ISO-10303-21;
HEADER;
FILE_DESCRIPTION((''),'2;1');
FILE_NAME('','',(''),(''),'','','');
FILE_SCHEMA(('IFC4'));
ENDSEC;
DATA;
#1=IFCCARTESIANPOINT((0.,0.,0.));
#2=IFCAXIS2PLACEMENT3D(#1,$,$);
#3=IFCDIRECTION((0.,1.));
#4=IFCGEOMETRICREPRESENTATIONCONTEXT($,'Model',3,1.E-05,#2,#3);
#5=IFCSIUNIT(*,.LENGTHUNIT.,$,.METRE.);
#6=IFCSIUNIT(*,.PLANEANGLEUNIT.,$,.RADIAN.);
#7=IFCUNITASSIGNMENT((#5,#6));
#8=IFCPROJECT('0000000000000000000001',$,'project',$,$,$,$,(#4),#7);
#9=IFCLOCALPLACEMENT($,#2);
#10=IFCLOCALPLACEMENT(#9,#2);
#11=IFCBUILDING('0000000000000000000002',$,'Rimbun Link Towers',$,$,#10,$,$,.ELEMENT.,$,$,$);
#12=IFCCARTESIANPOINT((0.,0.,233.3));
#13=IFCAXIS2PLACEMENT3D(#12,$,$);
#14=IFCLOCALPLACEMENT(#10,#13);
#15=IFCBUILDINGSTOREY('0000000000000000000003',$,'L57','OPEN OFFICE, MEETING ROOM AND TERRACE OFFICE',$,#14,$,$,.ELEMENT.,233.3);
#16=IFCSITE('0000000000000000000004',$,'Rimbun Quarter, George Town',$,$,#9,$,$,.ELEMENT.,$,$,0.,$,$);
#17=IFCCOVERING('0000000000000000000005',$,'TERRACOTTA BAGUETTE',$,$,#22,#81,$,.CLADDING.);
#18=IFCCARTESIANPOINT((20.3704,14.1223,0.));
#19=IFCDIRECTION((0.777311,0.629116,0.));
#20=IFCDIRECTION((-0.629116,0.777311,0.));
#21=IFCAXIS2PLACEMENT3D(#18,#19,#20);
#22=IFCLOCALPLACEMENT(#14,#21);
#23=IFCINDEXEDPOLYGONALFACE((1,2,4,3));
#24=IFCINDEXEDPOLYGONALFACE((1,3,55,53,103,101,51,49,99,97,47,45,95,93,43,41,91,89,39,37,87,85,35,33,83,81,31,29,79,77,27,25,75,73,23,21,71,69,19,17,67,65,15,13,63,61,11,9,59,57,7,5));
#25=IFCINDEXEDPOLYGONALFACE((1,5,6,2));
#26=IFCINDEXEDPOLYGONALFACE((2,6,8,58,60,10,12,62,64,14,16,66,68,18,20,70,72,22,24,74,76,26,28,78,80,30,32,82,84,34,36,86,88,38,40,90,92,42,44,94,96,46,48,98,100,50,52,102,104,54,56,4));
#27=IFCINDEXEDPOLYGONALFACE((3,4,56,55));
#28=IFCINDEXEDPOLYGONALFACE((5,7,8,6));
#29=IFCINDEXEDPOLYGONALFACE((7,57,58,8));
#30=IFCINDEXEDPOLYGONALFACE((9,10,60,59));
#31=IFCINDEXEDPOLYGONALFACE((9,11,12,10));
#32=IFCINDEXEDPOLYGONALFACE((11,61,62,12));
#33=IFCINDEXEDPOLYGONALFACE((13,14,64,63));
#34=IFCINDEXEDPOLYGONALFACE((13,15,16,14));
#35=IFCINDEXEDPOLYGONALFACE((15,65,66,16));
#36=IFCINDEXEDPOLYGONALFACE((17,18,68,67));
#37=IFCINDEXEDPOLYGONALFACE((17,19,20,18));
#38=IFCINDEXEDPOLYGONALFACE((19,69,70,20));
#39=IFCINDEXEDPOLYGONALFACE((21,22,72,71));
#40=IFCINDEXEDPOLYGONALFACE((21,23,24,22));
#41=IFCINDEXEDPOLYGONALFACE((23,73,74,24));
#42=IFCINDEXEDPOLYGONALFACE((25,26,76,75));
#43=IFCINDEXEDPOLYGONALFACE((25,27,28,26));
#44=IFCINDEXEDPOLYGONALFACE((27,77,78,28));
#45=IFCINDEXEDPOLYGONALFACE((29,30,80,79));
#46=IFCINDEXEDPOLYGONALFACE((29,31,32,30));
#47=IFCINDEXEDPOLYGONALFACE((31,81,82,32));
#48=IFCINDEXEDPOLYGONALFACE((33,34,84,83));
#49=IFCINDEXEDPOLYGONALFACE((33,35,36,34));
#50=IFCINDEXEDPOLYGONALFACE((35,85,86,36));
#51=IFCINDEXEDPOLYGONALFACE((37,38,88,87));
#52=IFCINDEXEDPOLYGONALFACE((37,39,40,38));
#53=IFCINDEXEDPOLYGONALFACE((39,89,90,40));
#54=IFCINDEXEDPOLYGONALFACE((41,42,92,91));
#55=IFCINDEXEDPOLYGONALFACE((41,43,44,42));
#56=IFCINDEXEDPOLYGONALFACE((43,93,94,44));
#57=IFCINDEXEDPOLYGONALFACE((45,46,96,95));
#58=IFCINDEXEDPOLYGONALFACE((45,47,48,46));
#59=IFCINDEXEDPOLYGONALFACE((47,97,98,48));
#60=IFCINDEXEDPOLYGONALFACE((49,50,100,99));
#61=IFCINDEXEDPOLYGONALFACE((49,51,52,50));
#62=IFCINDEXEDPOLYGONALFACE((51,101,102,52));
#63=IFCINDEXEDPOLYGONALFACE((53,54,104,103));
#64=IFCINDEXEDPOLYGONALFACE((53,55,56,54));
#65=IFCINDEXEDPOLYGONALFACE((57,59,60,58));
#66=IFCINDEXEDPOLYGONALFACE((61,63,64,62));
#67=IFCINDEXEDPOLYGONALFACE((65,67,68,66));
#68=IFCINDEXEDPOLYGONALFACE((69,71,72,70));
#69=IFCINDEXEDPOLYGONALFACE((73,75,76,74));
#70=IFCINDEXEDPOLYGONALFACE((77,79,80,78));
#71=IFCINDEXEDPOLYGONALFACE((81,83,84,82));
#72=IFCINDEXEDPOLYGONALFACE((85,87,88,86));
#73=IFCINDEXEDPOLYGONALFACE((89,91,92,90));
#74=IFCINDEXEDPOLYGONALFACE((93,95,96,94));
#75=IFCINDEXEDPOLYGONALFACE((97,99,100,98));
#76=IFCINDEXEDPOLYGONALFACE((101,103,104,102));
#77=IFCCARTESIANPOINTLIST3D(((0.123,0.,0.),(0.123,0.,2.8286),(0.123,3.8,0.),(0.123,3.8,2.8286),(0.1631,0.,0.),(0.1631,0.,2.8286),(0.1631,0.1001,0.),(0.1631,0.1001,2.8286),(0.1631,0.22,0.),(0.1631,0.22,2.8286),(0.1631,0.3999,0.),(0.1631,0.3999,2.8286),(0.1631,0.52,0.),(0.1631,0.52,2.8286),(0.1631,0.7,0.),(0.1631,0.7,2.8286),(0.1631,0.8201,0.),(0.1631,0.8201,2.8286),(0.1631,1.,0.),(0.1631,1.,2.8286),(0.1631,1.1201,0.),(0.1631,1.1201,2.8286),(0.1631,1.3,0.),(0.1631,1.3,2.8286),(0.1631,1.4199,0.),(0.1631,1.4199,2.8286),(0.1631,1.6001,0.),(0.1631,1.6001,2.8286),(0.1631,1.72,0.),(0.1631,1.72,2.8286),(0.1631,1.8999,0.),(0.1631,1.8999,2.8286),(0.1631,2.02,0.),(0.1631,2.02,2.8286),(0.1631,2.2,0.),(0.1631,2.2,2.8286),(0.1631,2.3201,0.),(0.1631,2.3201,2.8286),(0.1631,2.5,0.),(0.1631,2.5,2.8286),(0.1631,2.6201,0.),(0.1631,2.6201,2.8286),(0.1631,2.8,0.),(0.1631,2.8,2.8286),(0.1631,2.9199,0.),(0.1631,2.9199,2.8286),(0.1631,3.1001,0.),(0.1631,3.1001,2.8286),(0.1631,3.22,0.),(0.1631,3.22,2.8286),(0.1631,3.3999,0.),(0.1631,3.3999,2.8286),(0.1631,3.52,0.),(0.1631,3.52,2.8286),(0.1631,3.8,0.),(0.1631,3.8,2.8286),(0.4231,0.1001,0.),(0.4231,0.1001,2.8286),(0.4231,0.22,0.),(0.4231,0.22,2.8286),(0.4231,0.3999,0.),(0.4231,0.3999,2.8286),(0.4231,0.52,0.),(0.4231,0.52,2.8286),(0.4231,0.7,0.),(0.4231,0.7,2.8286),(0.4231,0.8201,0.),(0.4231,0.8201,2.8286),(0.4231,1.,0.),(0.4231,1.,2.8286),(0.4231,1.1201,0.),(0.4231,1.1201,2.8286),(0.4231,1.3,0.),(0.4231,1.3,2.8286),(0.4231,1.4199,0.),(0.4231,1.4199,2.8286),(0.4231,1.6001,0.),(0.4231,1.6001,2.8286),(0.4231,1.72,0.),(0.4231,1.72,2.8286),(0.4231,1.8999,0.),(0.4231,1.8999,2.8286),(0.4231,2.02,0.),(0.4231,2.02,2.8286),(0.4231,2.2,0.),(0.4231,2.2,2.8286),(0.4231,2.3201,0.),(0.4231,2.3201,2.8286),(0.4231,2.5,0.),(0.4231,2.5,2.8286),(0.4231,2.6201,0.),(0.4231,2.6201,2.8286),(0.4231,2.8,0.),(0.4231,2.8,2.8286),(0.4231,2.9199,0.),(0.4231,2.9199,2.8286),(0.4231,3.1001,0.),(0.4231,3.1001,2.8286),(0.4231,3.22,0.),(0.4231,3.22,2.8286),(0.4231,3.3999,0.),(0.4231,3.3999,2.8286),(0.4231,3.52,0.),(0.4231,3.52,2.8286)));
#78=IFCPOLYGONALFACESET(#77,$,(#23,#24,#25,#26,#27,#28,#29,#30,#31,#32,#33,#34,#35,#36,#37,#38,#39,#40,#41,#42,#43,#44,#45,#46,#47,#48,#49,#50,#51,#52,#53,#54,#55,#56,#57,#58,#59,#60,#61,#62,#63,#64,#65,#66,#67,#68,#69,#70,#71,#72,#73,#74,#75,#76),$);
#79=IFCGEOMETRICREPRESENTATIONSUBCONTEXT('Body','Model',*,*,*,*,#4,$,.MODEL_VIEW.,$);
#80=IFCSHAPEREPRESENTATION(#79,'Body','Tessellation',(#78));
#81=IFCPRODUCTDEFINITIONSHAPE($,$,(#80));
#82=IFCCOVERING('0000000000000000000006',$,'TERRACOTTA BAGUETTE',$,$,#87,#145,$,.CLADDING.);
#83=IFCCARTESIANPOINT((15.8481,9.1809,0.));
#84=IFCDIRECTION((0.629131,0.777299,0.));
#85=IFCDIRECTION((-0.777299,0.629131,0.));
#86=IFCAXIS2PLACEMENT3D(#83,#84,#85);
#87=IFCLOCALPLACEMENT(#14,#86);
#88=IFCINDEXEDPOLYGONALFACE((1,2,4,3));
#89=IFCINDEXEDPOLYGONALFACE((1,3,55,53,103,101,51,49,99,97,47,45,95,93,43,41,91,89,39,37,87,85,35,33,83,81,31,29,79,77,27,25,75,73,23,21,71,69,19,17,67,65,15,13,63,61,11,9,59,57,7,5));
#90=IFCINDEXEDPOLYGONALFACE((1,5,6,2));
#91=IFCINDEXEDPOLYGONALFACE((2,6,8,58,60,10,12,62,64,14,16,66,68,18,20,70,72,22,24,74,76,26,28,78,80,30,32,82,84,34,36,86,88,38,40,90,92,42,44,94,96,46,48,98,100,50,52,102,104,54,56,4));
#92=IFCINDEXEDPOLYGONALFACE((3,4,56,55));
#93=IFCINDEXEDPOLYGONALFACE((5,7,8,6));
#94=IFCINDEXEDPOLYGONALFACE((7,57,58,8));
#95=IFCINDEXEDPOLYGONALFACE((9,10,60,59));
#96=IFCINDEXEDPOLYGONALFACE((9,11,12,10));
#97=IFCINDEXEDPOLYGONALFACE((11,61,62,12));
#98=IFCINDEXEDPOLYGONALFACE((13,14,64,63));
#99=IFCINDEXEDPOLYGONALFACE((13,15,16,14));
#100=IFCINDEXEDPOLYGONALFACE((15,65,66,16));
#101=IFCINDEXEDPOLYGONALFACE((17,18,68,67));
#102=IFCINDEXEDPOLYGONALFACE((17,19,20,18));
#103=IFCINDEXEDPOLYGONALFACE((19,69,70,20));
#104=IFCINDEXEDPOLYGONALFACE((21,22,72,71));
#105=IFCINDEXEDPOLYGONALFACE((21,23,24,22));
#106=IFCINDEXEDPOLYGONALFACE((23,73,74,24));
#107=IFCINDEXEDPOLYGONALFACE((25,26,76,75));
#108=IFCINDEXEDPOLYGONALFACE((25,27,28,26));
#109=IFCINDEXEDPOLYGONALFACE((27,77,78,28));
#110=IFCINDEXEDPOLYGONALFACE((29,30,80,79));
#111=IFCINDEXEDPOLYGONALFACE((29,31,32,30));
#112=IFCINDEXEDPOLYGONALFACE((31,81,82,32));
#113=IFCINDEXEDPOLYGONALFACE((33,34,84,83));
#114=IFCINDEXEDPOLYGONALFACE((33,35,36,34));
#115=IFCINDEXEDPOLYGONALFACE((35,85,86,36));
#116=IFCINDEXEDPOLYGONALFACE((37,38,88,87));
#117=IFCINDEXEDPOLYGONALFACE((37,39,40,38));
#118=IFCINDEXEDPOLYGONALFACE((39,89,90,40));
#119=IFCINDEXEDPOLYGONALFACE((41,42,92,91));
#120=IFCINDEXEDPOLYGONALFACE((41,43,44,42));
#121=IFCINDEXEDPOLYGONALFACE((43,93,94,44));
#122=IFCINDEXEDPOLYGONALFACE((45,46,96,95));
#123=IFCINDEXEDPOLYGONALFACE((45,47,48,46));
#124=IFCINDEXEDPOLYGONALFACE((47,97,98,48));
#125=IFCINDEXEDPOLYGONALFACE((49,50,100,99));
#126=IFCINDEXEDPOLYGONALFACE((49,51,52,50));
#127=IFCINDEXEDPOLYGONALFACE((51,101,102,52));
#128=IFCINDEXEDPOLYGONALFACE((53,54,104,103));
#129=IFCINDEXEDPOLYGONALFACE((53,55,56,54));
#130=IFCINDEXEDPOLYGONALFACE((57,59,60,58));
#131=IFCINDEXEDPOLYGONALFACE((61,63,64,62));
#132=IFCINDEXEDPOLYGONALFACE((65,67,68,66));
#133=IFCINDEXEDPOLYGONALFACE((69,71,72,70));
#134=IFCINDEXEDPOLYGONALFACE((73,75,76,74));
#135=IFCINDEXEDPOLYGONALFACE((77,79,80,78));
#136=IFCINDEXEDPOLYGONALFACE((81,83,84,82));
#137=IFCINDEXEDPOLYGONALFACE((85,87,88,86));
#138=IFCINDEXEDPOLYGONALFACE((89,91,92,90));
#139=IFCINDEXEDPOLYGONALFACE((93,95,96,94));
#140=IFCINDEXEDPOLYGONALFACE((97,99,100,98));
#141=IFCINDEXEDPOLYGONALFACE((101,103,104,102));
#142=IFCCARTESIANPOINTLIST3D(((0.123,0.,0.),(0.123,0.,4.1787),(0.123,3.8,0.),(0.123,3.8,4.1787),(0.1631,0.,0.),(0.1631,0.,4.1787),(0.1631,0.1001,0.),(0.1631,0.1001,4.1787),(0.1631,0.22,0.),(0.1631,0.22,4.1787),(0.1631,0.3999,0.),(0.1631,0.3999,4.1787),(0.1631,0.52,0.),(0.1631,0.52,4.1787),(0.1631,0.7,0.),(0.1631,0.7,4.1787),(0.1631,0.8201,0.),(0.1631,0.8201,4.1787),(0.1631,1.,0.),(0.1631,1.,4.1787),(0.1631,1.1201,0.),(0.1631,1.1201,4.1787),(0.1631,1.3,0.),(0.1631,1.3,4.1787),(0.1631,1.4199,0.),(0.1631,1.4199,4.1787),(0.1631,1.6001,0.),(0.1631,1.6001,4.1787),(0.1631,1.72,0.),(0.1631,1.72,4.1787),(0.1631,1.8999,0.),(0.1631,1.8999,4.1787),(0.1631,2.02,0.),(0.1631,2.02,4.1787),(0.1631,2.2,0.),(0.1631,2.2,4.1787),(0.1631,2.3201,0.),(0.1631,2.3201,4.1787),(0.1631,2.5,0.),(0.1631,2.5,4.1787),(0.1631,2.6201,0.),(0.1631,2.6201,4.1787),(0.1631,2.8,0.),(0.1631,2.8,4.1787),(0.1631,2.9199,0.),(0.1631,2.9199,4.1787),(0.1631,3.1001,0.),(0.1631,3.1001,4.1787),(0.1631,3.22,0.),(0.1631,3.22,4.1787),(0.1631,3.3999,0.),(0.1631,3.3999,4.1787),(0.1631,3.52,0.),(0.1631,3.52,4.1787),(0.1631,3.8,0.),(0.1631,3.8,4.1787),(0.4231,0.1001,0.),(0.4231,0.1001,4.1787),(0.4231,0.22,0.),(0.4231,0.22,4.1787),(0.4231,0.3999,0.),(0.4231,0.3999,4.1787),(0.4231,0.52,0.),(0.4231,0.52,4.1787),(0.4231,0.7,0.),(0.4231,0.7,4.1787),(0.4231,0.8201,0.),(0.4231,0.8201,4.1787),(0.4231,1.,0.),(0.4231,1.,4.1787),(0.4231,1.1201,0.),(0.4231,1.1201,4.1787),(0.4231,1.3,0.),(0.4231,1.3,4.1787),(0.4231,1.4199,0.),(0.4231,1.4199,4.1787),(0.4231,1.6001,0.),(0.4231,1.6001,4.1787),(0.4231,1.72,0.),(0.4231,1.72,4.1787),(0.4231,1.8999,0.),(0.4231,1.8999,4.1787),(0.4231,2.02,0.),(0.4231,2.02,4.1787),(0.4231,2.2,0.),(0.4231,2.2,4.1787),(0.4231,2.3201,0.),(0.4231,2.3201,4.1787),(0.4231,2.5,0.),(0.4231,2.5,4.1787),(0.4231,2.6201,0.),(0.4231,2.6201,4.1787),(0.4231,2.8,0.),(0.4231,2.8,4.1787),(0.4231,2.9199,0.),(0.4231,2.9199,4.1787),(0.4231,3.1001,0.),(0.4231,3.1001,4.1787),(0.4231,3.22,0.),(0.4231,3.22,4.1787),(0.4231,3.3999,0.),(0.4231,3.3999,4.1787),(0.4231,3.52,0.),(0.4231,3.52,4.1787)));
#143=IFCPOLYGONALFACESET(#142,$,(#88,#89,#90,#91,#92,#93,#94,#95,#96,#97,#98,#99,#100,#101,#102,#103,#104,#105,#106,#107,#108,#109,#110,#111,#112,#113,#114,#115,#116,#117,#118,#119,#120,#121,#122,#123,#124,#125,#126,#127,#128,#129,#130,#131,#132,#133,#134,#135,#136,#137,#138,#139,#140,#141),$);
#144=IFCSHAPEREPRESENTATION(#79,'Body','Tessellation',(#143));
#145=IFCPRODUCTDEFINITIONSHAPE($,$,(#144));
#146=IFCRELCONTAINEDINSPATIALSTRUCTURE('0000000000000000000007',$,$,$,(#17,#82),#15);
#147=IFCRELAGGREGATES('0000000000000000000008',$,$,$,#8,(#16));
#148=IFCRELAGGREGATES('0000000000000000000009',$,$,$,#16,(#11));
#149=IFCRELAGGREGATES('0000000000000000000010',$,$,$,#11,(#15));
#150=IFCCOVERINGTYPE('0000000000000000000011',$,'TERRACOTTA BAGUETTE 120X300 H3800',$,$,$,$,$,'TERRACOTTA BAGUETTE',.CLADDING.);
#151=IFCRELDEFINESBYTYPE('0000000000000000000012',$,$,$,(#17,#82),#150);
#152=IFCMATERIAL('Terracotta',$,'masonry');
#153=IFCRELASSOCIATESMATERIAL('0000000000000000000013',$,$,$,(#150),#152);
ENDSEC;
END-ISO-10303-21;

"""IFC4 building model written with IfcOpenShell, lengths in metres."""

from ifc_helpers import new_model, si_unit, direction, frame, origin, place, context, subcontext, project, spatial, polyline, outline, extrude, material, material_profile, profile_set, type_object, element, save


model = new_model("IFC4")

# Units and contexts
model_context = context("Model", 3, precision=1e-05, world=origin(), true_north=direction((0.0, 1.0)))
body_context = subcontext(model_context, "Body", "Model", "MODEL_VIEW")
ifc_project = project(units=[si_unit("LENGTHUNIT", "METRE"), si_unit("PLANEANGLEUNIT", "RADIAN")], contexts=[model_context])

# Site, building, storey
site_placement = place(None, origin())
site = spatial("IfcSite", under=ifc_project, at=site_placement, Name="Rimbun Quarter, George Town", CompositionType="ELEMENT", RefElevation=0.0)
building_placement = place(site_placement, origin())
building = spatial("IfcBuilding", under=site, at=building_placement, Name="Rimbun Link Towers", CompositionType="ELEMENT")
storey_placement = place(building_placement, frame((0.0, 0.0, 233.3)))
storey = spatial("IfcBuildingStorey", under=building, at=storey_placement, Name="L57", Description="OPEN OFFICE, MEETING ROOM AND TERRACE OFFICE", CompositionType="ELEMENT", Elevation=233.3)

# Coverings
ifc_material_1 = material(Name="Terracotta", Category="masonry")
ifc_material_profile_1 = material_profile(ifc_material_1, outline(polyline([(0.123, 0.0), (0.1631, 0.0), (0.1631, 0.1001), (0.4231, 0.1001), (0.4231, 0.22), (0.1631, 0.22), (0.1631, 0.3999), (0.4231, 0.3999), (0.4231, 0.52), (0.1631, 0.52), (0.1631, 0.7), (0.4231, 0.7), (0.4231, 0.8201), (0.1631, 0.8201), (0.1631, 1.0), (0.4231, 1.0), (0.4231, 1.1201), (0.1631, 1.1201), (0.1631, 1.3), (0.4231, 1.3), (0.4231, 1.4199), (0.1631, 1.4199), (0.1631, 1.6001), (0.4231, 1.6001), (0.4231, 1.72), (0.1631, 1.72), (0.1631, 1.8999), (0.4231, 1.8999), (0.4231, 2.02), (0.1631, 2.02), (0.1631, 2.2), (0.4231, 2.2), (0.4231, 2.3201), (0.1631, 2.3201), (0.1631, 2.5), (0.4231, 2.5), (0.4231, 2.6201), (0.1631, 2.6201), (0.1631, 2.8), (0.4231, 2.8), (0.4231, 2.9199), (0.1631, 2.9199), (0.1631, 3.1001), (0.4231, 3.1001), (0.4231, 3.22), (0.1631, 3.22), (0.1631, 3.3999), (0.4231, 3.3999), (0.4231, 3.52), (0.1631, 3.52), (0.1631, 3.8), (0.123, 3.8), (0.123, 0.0)])), Name="BAGUETTE 120X300")
ifc_profile_set_1 = profile_set([ifc_material_profile_1], Name="Terracotta")
covering_type = type_object("IfcCoveringType", Name="TERRACOTTA BAGUETTE 120X300 H3800", ElementType="TERRACOTTA BAGUETTE", PredefinedType="CLADDING", material=ifc_profile_set_1)
covering_1_placement = place(storey_placement, frame((20.3704, 14.1223, 0.0), z_axis=(0.777311, 0.629116, 0.0), x_axis=(-0.629116, 0.777311, 0.0)))
element("IfcCovering", 1, at=covering_1_placement, inside=storey, type_object=covering_type, Name="TERRACOTTA BAGUETTE", PredefinedType="CLADDING", context=body_context, shape_type="SweptSolid", body=[
    extrude(outline(polyline([(0.123, 0.0), (0.1631, 0.0), (0.1631, 0.1001), (0.4231, 0.1001), (0.4231, 0.22), (0.1631, 0.22), (0.1631, 0.3999), (0.4231, 0.3999), (0.4231, 0.52), (0.1631, 0.52), (0.1631, 0.7), (0.4231, 0.7), (0.4231, 0.8201), (0.1631, 0.8201), (0.1631, 1.0), (0.4231, 1.0), (0.4231, 1.1201), (0.1631, 1.1201), (0.1631, 1.3), (0.4231, 1.3), (0.4231, 1.4199), (0.1631, 1.4199), (0.1631, 1.6001), (0.4231, 1.6001), (0.4231, 1.72), (0.1631, 1.72), (0.1631, 1.8999), (0.4231, 1.8999), (0.4231, 2.02), (0.1631, 2.02), (0.1631, 2.2), (0.4231, 2.2), (0.4231, 2.3201), (0.1631, 2.3201), (0.1631, 2.5), (0.4231, 2.5), (0.4231, 2.6201), (0.1631, 2.6201), (0.1631, 2.8), (0.4231, 2.8), (0.4231, 2.9199), (0.1631, 2.9199), (0.1631, 3.1001), (0.4231, 3.1001), (0.4231, 3.22), (0.1631, 3.22), (0.1631, 3.3999), (0.4231, 3.3999), (0.4231, 3.52), (0.1631, 3.52), (0.1631, 3.8), (0.123, 3.8), (0.123, 0.0)])), origin(), (0.0, 0.0, 1.0), 2.8286),
])
covering_2_placement = place(storey_placement, frame((15.8481, 9.1809, 0.0), z_axis=(0.629131, 0.777299, 0.0), x_axis=(-0.777299, 0.629131, 0.0)))
element("IfcCovering", 2, at=covering_2_placement, inside=storey, type_object=covering_type, Name="TERRACOTTA BAGUETTE", PredefinedType="CLADDING", context=body_context, shape_type="SweptSolid", body=[
    extrude(outline(polyline([(0.123, 0.0), (0.1631, 0.0), (0.1631, 0.1001), (0.4231, 0.1001), (0.4231, 0.22), (0.1631, 0.22), (0.1631, 0.3999), (0.4231, 0.3999), (0.4231, 0.52), (0.1631, 0.52), (0.1631, 0.7), (0.4231, 0.7), (0.4231, 0.8201), (0.1631, 0.8201), (0.1631, 1.0), (0.4231, 1.0), (0.4231, 1.1201), (0.1631, 1.1201), (0.1631, 1.3), (0.4231, 1.3), (0.4231, 1.4199), (0.1631, 1.4199), (0.1631, 1.6001), (0.4231, 1.6001), (0.4231, 1.72), (0.1631, 1.72), (0.1631, 1.8999), (0.4231, 1.8999), (0.4231, 2.02), (0.1631, 2.02), (0.1631, 2.2), (0.4231, 2.2), (0.4231, 2.3201), (0.1631, 2.3201), (0.1631, 2.5), (0.4231, 2.5), (0.4231, 2.6201), (0.1631, 2.6201), (0.1631, 2.8), (0.4231, 2.8), (0.4231, 2.9199), (0.1631, 2.9199), (0.1631, 3.1001), (0.4231, 3.1001), (0.4231, 3.22), (0.1631, 3.22), (0.1631, 3.3999), (0.4231, 3.3999), (0.4231, 3.52), (0.1631, 3.52), (0.1631, 3.8), (0.123, 3.8), (0.123, 0.0)])), origin(), (0.0, 0.0, 1.0), 4.1787),
])

save(model, "model.ifc")
